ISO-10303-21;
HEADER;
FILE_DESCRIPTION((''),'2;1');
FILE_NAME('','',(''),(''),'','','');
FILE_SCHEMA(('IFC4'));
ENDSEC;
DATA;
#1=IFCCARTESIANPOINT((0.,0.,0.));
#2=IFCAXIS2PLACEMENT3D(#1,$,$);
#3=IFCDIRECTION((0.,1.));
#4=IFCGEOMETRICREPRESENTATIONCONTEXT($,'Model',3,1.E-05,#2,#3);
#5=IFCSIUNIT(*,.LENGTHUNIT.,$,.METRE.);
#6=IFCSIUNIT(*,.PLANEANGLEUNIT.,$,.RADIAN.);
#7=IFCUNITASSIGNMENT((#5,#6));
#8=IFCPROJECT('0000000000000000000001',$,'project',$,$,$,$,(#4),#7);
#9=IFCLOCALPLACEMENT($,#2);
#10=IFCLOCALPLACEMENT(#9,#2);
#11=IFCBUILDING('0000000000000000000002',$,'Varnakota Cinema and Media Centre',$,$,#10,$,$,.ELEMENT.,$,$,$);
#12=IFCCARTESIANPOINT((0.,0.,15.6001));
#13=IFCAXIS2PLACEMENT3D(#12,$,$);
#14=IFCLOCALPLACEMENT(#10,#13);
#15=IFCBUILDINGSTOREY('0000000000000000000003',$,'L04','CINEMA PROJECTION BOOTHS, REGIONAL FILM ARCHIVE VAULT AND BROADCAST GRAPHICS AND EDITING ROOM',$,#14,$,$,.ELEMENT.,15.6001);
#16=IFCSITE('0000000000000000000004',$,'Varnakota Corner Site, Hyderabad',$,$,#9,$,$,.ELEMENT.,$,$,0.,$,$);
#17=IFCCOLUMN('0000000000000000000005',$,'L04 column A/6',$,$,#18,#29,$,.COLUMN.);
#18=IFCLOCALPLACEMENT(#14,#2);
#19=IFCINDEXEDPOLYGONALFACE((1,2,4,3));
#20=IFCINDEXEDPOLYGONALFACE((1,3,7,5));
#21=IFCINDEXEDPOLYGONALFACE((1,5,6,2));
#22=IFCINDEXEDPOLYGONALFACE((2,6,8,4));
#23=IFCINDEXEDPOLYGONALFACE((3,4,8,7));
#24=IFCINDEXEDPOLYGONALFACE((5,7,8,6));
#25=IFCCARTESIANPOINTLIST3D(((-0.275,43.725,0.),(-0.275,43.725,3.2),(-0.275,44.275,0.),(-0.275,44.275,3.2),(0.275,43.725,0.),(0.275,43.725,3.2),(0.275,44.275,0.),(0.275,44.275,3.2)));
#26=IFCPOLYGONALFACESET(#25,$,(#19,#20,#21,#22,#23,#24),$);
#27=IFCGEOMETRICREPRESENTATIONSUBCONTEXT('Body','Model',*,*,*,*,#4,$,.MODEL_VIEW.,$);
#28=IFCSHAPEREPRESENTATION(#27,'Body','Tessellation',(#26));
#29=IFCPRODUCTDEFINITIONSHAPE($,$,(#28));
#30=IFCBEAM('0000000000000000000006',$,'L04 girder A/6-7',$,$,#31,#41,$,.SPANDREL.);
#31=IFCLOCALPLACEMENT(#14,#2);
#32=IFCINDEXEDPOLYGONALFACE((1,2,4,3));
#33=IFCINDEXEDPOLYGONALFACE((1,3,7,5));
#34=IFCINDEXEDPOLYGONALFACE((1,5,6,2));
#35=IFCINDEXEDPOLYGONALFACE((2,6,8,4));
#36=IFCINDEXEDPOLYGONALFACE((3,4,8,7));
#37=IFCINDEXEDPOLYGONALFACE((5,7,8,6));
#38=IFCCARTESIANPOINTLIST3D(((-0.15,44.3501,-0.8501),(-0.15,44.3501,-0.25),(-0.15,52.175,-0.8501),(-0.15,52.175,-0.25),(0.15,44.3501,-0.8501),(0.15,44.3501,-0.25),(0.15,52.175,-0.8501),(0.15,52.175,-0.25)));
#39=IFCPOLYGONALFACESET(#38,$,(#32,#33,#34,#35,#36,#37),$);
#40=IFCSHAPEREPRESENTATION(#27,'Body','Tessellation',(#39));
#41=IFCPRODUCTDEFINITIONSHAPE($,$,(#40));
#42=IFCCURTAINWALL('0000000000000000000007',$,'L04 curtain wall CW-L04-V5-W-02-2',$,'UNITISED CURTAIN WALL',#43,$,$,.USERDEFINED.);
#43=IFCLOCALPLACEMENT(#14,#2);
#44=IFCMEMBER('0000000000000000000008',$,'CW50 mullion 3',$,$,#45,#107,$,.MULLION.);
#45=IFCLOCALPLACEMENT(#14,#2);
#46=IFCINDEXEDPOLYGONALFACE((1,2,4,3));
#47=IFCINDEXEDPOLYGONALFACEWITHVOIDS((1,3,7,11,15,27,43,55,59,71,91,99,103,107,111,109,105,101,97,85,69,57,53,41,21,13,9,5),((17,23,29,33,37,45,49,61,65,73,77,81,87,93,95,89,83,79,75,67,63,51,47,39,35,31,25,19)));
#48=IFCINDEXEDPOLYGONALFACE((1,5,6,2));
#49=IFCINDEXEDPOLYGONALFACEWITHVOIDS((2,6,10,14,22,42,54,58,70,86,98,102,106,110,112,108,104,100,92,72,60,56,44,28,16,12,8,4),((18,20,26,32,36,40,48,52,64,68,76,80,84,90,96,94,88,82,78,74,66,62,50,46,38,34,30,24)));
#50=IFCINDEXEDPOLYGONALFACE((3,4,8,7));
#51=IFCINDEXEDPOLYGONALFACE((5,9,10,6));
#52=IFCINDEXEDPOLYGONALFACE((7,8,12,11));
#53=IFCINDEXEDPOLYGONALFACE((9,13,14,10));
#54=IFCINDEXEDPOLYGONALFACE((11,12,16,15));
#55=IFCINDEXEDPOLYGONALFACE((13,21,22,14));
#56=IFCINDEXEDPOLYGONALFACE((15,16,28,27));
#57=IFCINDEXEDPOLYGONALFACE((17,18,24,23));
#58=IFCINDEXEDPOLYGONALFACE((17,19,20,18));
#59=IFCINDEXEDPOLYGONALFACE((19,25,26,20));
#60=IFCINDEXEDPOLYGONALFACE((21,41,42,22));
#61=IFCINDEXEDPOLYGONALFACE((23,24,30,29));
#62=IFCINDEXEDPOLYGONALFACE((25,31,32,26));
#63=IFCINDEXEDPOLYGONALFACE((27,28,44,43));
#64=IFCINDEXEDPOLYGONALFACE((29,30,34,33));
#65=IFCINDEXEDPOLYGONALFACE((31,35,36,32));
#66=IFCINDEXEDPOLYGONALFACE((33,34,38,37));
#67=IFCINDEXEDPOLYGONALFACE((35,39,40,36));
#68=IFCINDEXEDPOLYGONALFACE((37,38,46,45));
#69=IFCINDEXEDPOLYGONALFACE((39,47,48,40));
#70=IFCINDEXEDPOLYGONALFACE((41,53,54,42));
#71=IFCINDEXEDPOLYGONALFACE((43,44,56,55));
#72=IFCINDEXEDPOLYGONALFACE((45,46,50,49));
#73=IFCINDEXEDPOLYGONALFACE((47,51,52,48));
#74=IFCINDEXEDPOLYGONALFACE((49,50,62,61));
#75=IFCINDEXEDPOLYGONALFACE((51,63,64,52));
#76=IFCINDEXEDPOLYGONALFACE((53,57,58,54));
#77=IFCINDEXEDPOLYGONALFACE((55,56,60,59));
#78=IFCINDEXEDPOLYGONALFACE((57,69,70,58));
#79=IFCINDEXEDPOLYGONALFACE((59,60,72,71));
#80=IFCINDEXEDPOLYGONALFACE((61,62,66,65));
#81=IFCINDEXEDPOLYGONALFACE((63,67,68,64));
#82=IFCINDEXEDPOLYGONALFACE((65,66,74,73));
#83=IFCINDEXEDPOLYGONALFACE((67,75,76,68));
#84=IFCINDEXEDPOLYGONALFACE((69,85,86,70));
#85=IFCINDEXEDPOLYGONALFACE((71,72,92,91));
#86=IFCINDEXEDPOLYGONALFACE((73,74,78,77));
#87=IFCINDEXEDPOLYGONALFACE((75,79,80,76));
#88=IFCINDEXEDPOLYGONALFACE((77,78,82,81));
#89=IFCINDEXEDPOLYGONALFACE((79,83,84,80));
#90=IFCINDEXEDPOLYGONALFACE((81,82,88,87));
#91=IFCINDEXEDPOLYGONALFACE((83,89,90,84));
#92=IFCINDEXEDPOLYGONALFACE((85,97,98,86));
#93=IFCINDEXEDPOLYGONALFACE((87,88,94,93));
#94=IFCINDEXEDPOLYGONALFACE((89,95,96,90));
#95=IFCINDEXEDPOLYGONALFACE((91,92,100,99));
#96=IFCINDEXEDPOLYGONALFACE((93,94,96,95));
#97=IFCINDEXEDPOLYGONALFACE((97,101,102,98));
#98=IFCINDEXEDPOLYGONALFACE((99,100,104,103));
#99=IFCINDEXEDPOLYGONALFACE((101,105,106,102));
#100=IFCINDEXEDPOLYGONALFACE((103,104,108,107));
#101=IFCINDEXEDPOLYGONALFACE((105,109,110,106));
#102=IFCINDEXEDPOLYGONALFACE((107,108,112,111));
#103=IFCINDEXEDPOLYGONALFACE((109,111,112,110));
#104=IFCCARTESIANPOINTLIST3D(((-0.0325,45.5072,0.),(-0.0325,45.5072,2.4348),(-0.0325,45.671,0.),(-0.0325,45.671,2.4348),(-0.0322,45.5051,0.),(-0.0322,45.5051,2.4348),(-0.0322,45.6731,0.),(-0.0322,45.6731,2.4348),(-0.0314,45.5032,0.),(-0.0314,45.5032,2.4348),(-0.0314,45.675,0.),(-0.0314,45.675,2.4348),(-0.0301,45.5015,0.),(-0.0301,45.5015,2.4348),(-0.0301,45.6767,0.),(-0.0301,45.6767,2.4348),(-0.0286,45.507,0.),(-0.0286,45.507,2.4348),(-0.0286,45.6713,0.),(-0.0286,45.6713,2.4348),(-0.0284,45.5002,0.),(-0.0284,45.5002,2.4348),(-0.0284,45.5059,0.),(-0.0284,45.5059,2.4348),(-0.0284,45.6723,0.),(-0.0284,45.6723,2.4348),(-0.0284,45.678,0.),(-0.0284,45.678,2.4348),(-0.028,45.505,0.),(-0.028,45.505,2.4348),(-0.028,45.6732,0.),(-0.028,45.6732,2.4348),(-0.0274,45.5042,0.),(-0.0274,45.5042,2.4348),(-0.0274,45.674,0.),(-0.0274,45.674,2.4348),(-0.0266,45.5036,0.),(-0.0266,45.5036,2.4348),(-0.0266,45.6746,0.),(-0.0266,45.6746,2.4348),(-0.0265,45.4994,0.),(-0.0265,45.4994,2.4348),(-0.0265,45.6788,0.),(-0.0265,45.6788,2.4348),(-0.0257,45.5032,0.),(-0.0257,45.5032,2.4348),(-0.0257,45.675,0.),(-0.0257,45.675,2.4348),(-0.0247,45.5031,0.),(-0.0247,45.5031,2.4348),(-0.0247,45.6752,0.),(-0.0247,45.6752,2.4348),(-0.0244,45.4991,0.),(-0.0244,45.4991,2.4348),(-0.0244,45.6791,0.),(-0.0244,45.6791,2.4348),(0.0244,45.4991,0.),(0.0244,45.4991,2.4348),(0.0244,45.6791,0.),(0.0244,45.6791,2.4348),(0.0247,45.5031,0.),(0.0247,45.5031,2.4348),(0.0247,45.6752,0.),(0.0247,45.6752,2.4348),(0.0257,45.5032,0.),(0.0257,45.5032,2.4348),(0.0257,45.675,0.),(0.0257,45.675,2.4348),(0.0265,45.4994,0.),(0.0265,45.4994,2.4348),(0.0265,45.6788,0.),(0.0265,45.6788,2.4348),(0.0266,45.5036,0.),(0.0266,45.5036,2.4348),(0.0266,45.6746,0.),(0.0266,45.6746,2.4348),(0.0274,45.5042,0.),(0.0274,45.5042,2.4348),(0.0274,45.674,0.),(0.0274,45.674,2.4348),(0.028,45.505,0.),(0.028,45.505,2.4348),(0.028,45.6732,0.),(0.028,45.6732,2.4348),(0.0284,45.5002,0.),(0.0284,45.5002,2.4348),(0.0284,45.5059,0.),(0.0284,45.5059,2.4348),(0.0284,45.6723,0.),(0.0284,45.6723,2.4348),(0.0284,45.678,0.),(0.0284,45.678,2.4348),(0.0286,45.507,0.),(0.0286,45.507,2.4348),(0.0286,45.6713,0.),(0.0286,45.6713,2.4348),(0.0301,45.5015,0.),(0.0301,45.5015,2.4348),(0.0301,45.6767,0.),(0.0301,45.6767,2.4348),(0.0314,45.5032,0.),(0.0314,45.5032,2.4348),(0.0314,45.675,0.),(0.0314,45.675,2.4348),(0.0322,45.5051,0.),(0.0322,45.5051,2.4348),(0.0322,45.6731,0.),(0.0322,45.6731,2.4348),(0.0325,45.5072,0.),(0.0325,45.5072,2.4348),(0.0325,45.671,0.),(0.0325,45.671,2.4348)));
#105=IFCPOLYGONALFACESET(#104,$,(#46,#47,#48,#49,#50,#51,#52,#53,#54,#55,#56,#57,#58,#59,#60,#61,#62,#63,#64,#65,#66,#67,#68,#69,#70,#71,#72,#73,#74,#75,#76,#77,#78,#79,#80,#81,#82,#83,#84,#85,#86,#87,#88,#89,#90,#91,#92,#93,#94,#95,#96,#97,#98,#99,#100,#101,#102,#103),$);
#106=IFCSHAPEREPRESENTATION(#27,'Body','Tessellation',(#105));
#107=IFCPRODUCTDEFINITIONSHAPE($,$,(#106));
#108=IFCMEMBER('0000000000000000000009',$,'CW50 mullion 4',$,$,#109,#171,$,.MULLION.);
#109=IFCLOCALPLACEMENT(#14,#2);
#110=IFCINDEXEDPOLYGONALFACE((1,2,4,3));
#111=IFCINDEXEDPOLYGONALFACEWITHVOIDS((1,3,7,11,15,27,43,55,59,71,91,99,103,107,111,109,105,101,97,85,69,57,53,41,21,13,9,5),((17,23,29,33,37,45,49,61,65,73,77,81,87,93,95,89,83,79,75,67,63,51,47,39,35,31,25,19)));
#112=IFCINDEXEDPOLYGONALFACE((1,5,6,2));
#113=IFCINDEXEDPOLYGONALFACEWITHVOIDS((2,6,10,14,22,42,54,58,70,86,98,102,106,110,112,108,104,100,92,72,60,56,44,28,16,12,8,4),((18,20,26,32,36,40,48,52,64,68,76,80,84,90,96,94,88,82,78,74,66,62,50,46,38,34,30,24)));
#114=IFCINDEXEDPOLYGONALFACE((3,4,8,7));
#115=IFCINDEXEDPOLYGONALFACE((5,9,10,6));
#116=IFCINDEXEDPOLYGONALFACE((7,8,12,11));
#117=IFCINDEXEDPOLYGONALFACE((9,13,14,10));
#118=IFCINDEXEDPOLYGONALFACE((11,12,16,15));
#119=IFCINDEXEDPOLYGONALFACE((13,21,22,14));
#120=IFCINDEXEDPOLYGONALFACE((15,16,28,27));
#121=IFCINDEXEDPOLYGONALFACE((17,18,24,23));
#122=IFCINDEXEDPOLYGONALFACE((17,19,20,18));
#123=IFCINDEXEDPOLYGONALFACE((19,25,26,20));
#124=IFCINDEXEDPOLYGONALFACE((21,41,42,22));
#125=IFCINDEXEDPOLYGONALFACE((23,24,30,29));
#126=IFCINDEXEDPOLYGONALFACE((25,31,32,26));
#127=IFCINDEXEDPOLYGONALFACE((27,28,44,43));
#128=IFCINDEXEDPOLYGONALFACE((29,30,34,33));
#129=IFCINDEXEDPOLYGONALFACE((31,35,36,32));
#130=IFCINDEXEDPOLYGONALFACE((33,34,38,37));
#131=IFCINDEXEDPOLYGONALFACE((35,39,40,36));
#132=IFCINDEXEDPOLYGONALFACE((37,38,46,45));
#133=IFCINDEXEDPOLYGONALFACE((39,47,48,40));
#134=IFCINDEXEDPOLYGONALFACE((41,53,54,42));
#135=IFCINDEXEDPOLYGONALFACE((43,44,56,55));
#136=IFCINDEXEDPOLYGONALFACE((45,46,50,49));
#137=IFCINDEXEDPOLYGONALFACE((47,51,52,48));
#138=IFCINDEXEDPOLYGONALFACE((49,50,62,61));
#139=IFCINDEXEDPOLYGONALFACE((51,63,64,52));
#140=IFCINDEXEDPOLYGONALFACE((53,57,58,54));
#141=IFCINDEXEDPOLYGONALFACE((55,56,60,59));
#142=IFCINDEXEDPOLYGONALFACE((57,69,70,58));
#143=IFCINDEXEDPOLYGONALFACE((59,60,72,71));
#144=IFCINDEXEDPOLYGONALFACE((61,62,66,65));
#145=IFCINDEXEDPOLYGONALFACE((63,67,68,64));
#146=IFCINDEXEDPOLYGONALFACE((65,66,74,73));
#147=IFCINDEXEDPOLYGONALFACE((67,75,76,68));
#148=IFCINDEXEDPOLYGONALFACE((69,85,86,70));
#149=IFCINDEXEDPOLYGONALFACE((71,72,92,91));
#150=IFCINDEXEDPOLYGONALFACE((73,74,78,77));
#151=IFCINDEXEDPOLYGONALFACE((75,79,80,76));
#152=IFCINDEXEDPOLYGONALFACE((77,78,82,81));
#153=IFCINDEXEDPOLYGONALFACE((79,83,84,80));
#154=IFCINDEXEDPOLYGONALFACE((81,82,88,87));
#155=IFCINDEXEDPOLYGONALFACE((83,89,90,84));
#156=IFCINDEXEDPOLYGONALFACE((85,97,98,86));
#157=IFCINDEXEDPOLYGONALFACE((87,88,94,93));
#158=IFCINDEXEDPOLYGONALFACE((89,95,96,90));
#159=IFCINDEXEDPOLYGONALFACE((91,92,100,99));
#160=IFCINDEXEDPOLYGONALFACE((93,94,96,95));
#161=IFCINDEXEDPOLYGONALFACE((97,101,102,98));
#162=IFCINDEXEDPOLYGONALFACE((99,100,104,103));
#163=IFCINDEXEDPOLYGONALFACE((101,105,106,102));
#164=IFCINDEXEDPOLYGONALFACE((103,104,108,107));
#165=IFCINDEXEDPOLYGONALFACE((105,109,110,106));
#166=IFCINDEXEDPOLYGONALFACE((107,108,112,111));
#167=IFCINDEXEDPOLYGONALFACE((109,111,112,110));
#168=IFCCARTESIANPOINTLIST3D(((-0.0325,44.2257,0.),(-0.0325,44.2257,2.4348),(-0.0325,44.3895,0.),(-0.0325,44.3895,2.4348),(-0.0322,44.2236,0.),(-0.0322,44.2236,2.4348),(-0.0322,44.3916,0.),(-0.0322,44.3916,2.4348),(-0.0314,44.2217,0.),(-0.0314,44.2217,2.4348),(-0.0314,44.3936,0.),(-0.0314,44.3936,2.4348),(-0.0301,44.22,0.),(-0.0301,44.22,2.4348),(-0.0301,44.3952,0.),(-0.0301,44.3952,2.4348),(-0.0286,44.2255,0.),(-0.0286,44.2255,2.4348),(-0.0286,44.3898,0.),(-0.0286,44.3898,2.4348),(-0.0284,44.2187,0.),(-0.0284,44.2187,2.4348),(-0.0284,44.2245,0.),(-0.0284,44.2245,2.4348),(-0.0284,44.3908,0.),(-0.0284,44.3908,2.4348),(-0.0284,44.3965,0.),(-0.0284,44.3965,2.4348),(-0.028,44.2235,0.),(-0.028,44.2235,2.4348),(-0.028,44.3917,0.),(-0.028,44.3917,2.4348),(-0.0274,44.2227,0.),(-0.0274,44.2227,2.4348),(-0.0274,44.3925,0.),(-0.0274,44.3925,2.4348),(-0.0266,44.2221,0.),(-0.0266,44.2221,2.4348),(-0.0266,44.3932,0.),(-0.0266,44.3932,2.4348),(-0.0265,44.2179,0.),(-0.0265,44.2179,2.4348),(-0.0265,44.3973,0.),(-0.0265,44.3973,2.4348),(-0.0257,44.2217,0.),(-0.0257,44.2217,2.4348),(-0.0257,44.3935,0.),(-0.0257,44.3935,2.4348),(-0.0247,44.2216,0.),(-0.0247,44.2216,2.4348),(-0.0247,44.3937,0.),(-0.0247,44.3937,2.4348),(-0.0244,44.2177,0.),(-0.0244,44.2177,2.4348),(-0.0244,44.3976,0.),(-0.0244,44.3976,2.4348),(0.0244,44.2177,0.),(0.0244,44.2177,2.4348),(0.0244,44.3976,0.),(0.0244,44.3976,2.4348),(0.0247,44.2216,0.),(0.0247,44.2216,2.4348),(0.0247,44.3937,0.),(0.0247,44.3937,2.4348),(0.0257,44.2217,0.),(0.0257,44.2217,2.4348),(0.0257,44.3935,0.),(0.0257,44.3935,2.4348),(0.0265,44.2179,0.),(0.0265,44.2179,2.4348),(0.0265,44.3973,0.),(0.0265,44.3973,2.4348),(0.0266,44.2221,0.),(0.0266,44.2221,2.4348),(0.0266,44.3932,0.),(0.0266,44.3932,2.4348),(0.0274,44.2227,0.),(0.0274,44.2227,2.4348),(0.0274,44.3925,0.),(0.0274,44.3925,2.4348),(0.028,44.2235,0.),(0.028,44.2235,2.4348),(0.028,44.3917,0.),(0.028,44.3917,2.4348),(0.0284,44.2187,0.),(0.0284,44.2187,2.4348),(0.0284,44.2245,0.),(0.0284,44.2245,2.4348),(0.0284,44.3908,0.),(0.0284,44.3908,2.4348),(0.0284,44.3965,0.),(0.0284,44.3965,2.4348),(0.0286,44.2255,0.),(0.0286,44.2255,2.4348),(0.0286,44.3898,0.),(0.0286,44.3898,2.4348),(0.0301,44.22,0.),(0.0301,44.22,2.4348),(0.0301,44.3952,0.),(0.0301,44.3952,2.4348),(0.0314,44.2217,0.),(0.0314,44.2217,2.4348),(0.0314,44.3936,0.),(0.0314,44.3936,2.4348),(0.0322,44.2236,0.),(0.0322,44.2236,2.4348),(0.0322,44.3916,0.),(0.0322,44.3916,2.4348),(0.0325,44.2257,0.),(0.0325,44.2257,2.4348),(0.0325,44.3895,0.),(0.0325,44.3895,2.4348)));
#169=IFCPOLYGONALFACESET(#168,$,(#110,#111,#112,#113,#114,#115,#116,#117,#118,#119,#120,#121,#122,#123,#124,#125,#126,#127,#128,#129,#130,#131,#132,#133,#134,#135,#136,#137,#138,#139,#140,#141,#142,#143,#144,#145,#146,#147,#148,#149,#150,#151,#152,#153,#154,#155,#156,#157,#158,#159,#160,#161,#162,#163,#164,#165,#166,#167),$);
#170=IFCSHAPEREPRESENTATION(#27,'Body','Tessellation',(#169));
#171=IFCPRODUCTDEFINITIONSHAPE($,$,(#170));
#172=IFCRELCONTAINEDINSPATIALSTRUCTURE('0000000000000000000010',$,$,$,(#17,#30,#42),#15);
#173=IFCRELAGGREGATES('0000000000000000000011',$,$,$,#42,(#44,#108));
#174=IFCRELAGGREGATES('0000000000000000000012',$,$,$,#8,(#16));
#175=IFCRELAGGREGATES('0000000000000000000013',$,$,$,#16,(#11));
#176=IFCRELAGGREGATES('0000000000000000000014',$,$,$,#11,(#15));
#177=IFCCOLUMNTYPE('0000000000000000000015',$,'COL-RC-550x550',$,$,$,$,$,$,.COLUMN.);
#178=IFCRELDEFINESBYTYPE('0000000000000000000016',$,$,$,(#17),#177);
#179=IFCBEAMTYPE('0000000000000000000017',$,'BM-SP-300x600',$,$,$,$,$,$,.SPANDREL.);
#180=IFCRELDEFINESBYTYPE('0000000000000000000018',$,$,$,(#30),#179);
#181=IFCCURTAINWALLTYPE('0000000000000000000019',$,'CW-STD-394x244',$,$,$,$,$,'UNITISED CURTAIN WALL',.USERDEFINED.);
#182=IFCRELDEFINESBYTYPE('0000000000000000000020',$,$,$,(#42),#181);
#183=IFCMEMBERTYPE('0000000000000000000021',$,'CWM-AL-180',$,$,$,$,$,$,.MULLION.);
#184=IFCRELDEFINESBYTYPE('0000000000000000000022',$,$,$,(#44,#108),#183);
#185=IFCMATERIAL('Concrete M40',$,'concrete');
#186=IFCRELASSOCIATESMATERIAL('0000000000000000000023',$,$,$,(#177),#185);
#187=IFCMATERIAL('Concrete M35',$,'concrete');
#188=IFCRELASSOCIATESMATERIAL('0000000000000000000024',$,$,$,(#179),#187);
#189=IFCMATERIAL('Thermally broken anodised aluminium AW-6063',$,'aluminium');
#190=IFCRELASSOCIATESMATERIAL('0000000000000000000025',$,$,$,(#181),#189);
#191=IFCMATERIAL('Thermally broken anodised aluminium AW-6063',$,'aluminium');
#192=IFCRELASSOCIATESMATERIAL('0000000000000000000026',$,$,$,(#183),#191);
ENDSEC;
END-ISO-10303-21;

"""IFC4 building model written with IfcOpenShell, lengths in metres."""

from ifc_helpers import new_model, si_unit, direction, frame, origin, origin_2d, place, context, subcontext, project, spatial, rectangle, hollow_rectangle, extrude, material, material_profile, profile_set, type_object, element, aggregate, save


model = new_model("IFC4")

# Units and contexts
model_context = context("Model", 3, precision=1e-05, world=origin(), true_north=direction((0.0, 1.0)))
body_context = subcontext(model_context, "Body", "Model", "MODEL_VIEW")
ifc_project = project(units=[si_unit("LENGTHUNIT", "METRE"), si_unit("PLANEANGLEUNIT", "RADIAN")], contexts=[model_context])

# Site, building, storey
site_placement = place(None, origin())
site = spatial("IfcSite", under=ifc_project, at=site_placement, Name="Varnakota Corner Site, Hyderabad", CompositionType="ELEMENT", RefElevation=0.0)
building_placement = place(site_placement, origin())
building = spatial("IfcBuilding", under=site, at=building_placement, Name="Varnakota Cinema and Media Centre", CompositionType="ELEMENT")
storey_placement = place(building_placement, frame((0.0, 0.0, 15.6001)))
storey = spatial("IfcBuildingStorey", under=building, at=storey_placement, Name="L04", Description="CINEMA PROJECTION BOOTHS, REGIONAL FILM ARCHIVE VAULT AND BROADCAST GRAPHICS AND EDITING ROOM", CompositionType="ELEMENT", Elevation=15.6001)

# Column
ifc_material_1 = material(Name="Concrete M40", Category="concrete")
ifc_material_profile_1 = material_profile(ifc_material_1, rectangle(XDim=0.55, YDim=0.55, at=origin_2d()), Name="RC 550x550")
ifc_profile_set_1 = profile_set([ifc_material_profile_1], Name="Concrete M40")
column_type = type_object("IfcColumnType", Name="COL-RC-550x550", PredefinedType="COLUMN", material=ifc_profile_set_1)
column_placement = place(storey_placement, frame((0.0, 44.0, 0.0), z_axis=(0.0, 0.0, 1.0), x_axis=(1.0, 0.0, 0.0)))
element("IfcColumn", 1, at=column_placement, inside=storey, type_object=column_type, Name="L04 column A/6", PredefinedType="COLUMN", context=body_context, shape_type="SweptSolid", body=[
    extrude(rectangle(XDim=0.55, YDim=0.55, at=origin_2d()), origin(), (0.0, 0.0, 1.0), 3.2),
])

# Beam
ifc_material_2 = material(Name="Concrete M35", Category="concrete")
ifc_material_profile_2 = material_profile(ifc_material_2, rectangle(XDim=0.3, YDim=0.6001, at=origin_2d()), Name="RCB 300x600")
ifc_profile_set_2 = profile_set([ifc_material_profile_2], Name="Concrete M35")
beam_type = type_object("IfcBeamType", Name="BM-SP-300x600", PredefinedType="SPANDREL", material=ifc_profile_set_2)
beam_placement = place(storey_placement, frame((0.0, 44.3501, -0.55), z_axis=(0.0, 1.0, 0.0), x_axis=(-1.0, 0.0, 0.0)))
element("IfcBeam", 2, at=beam_placement, inside=storey, type_object=beam_type, Name="L04 girder A/6-7", PredefinedType="SPANDREL", context=body_context, shape_type="SweptSolid", body=[
    extrude(rectangle(XDim=0.3, YDim=0.6001, at=origin_2d()), origin(), (0.0, 0.0, 1.0), 7.825),
])

# Curtain wall, members
ifc_material_3 = material(Name="Thermally broken anodised aluminium AW-6063", Category="aluminium")
curtain_wall_type_1 = type_object("IfcCurtainWallType", Name="CW-STD-394x244", ElementType="UNITISED CURTAIN WALL", PredefinedType="USERDEFINED", material=ifc_material_3)
curtain_wall_1_placement = place(storey_placement, origin())
curtain_wall_1 = element("IfcCurtainWall", 3, at=curtain_wall_1_placement, inside=storey, type_object=curtain_wall_type_1, Name="L04 curtain wall CW-L04-V5-W-02-2", ObjectType="UNITISED CURTAIN WALL", PredefinedType="USERDEFINED")
ifc_material_4 = material(Name="Thermally broken anodised aluminium AW-6063", Category="aluminium")
ifc_material_profile_3 = material_profile(ifc_material_4, hollow_rectangle(XDim=0.0649, YDim=0.1799, WallThickness=0.0039, InnerFilletRadius=0.0039, OuterFilletRadius=0.0081, at=origin_2d()), Name="AL-MULLION 180x65x4")
ifc_profile_set_3 = profile_set([ifc_material_profile_3], Name="Thermally broken anodised aluminium AW-6063")
member_type_1 = type_object("IfcMemberType", Name="CWM-AL-180", PredefinedType="MULLION", material=ifc_profile_set_3)
member_1_placement = place(storey_placement, frame((0.0, 45.5891, 0.0), z_axis=(0.0, 0.0, 1.0), x_axis=(1.0, 0.0, 0.0)))
member_1 = element("IfcMember", 4, at=member_1_placement, type_object=member_type_1, Name="CW50 mullion 3", PredefinedType="MULLION", context=body_context, shape_type="SweptSolid", body=[
    extrude(hollow_rectangle(XDim=0.0649, YDim=0.1799, WallThickness=0.0039, InnerFilletRadius=0.0039, OuterFilletRadius=0.0081, at=origin_2d()), origin(), (0.0, 0.0, 1.0), 2.4348),
])
member_2_placement = place(storey_placement, frame((0.0, 44.3076, 0.0), z_axis=(0.0, 0.0, 1.0), x_axis=(1.0, 0.0, 0.0)))
member_2 = element("IfcMember", 5, at=member_2_placement, type_object=member_type_1, Name="CW50 mullion 4", PredefinedType="MULLION", context=body_context, shape_type="SweptSolid", body=[
    extrude(hollow_rectangle(XDim=0.0649, YDim=0.1799, WallThickness=0.0039, InnerFilletRadius=0.0039, OuterFilletRadius=0.0081, at=origin_2d()), origin(), (0.0, 0.0, 1.0), 2.4348),
])

aggregate(curtain_wall_1, [member_1, member_2])

save(model, "model.ifc")
